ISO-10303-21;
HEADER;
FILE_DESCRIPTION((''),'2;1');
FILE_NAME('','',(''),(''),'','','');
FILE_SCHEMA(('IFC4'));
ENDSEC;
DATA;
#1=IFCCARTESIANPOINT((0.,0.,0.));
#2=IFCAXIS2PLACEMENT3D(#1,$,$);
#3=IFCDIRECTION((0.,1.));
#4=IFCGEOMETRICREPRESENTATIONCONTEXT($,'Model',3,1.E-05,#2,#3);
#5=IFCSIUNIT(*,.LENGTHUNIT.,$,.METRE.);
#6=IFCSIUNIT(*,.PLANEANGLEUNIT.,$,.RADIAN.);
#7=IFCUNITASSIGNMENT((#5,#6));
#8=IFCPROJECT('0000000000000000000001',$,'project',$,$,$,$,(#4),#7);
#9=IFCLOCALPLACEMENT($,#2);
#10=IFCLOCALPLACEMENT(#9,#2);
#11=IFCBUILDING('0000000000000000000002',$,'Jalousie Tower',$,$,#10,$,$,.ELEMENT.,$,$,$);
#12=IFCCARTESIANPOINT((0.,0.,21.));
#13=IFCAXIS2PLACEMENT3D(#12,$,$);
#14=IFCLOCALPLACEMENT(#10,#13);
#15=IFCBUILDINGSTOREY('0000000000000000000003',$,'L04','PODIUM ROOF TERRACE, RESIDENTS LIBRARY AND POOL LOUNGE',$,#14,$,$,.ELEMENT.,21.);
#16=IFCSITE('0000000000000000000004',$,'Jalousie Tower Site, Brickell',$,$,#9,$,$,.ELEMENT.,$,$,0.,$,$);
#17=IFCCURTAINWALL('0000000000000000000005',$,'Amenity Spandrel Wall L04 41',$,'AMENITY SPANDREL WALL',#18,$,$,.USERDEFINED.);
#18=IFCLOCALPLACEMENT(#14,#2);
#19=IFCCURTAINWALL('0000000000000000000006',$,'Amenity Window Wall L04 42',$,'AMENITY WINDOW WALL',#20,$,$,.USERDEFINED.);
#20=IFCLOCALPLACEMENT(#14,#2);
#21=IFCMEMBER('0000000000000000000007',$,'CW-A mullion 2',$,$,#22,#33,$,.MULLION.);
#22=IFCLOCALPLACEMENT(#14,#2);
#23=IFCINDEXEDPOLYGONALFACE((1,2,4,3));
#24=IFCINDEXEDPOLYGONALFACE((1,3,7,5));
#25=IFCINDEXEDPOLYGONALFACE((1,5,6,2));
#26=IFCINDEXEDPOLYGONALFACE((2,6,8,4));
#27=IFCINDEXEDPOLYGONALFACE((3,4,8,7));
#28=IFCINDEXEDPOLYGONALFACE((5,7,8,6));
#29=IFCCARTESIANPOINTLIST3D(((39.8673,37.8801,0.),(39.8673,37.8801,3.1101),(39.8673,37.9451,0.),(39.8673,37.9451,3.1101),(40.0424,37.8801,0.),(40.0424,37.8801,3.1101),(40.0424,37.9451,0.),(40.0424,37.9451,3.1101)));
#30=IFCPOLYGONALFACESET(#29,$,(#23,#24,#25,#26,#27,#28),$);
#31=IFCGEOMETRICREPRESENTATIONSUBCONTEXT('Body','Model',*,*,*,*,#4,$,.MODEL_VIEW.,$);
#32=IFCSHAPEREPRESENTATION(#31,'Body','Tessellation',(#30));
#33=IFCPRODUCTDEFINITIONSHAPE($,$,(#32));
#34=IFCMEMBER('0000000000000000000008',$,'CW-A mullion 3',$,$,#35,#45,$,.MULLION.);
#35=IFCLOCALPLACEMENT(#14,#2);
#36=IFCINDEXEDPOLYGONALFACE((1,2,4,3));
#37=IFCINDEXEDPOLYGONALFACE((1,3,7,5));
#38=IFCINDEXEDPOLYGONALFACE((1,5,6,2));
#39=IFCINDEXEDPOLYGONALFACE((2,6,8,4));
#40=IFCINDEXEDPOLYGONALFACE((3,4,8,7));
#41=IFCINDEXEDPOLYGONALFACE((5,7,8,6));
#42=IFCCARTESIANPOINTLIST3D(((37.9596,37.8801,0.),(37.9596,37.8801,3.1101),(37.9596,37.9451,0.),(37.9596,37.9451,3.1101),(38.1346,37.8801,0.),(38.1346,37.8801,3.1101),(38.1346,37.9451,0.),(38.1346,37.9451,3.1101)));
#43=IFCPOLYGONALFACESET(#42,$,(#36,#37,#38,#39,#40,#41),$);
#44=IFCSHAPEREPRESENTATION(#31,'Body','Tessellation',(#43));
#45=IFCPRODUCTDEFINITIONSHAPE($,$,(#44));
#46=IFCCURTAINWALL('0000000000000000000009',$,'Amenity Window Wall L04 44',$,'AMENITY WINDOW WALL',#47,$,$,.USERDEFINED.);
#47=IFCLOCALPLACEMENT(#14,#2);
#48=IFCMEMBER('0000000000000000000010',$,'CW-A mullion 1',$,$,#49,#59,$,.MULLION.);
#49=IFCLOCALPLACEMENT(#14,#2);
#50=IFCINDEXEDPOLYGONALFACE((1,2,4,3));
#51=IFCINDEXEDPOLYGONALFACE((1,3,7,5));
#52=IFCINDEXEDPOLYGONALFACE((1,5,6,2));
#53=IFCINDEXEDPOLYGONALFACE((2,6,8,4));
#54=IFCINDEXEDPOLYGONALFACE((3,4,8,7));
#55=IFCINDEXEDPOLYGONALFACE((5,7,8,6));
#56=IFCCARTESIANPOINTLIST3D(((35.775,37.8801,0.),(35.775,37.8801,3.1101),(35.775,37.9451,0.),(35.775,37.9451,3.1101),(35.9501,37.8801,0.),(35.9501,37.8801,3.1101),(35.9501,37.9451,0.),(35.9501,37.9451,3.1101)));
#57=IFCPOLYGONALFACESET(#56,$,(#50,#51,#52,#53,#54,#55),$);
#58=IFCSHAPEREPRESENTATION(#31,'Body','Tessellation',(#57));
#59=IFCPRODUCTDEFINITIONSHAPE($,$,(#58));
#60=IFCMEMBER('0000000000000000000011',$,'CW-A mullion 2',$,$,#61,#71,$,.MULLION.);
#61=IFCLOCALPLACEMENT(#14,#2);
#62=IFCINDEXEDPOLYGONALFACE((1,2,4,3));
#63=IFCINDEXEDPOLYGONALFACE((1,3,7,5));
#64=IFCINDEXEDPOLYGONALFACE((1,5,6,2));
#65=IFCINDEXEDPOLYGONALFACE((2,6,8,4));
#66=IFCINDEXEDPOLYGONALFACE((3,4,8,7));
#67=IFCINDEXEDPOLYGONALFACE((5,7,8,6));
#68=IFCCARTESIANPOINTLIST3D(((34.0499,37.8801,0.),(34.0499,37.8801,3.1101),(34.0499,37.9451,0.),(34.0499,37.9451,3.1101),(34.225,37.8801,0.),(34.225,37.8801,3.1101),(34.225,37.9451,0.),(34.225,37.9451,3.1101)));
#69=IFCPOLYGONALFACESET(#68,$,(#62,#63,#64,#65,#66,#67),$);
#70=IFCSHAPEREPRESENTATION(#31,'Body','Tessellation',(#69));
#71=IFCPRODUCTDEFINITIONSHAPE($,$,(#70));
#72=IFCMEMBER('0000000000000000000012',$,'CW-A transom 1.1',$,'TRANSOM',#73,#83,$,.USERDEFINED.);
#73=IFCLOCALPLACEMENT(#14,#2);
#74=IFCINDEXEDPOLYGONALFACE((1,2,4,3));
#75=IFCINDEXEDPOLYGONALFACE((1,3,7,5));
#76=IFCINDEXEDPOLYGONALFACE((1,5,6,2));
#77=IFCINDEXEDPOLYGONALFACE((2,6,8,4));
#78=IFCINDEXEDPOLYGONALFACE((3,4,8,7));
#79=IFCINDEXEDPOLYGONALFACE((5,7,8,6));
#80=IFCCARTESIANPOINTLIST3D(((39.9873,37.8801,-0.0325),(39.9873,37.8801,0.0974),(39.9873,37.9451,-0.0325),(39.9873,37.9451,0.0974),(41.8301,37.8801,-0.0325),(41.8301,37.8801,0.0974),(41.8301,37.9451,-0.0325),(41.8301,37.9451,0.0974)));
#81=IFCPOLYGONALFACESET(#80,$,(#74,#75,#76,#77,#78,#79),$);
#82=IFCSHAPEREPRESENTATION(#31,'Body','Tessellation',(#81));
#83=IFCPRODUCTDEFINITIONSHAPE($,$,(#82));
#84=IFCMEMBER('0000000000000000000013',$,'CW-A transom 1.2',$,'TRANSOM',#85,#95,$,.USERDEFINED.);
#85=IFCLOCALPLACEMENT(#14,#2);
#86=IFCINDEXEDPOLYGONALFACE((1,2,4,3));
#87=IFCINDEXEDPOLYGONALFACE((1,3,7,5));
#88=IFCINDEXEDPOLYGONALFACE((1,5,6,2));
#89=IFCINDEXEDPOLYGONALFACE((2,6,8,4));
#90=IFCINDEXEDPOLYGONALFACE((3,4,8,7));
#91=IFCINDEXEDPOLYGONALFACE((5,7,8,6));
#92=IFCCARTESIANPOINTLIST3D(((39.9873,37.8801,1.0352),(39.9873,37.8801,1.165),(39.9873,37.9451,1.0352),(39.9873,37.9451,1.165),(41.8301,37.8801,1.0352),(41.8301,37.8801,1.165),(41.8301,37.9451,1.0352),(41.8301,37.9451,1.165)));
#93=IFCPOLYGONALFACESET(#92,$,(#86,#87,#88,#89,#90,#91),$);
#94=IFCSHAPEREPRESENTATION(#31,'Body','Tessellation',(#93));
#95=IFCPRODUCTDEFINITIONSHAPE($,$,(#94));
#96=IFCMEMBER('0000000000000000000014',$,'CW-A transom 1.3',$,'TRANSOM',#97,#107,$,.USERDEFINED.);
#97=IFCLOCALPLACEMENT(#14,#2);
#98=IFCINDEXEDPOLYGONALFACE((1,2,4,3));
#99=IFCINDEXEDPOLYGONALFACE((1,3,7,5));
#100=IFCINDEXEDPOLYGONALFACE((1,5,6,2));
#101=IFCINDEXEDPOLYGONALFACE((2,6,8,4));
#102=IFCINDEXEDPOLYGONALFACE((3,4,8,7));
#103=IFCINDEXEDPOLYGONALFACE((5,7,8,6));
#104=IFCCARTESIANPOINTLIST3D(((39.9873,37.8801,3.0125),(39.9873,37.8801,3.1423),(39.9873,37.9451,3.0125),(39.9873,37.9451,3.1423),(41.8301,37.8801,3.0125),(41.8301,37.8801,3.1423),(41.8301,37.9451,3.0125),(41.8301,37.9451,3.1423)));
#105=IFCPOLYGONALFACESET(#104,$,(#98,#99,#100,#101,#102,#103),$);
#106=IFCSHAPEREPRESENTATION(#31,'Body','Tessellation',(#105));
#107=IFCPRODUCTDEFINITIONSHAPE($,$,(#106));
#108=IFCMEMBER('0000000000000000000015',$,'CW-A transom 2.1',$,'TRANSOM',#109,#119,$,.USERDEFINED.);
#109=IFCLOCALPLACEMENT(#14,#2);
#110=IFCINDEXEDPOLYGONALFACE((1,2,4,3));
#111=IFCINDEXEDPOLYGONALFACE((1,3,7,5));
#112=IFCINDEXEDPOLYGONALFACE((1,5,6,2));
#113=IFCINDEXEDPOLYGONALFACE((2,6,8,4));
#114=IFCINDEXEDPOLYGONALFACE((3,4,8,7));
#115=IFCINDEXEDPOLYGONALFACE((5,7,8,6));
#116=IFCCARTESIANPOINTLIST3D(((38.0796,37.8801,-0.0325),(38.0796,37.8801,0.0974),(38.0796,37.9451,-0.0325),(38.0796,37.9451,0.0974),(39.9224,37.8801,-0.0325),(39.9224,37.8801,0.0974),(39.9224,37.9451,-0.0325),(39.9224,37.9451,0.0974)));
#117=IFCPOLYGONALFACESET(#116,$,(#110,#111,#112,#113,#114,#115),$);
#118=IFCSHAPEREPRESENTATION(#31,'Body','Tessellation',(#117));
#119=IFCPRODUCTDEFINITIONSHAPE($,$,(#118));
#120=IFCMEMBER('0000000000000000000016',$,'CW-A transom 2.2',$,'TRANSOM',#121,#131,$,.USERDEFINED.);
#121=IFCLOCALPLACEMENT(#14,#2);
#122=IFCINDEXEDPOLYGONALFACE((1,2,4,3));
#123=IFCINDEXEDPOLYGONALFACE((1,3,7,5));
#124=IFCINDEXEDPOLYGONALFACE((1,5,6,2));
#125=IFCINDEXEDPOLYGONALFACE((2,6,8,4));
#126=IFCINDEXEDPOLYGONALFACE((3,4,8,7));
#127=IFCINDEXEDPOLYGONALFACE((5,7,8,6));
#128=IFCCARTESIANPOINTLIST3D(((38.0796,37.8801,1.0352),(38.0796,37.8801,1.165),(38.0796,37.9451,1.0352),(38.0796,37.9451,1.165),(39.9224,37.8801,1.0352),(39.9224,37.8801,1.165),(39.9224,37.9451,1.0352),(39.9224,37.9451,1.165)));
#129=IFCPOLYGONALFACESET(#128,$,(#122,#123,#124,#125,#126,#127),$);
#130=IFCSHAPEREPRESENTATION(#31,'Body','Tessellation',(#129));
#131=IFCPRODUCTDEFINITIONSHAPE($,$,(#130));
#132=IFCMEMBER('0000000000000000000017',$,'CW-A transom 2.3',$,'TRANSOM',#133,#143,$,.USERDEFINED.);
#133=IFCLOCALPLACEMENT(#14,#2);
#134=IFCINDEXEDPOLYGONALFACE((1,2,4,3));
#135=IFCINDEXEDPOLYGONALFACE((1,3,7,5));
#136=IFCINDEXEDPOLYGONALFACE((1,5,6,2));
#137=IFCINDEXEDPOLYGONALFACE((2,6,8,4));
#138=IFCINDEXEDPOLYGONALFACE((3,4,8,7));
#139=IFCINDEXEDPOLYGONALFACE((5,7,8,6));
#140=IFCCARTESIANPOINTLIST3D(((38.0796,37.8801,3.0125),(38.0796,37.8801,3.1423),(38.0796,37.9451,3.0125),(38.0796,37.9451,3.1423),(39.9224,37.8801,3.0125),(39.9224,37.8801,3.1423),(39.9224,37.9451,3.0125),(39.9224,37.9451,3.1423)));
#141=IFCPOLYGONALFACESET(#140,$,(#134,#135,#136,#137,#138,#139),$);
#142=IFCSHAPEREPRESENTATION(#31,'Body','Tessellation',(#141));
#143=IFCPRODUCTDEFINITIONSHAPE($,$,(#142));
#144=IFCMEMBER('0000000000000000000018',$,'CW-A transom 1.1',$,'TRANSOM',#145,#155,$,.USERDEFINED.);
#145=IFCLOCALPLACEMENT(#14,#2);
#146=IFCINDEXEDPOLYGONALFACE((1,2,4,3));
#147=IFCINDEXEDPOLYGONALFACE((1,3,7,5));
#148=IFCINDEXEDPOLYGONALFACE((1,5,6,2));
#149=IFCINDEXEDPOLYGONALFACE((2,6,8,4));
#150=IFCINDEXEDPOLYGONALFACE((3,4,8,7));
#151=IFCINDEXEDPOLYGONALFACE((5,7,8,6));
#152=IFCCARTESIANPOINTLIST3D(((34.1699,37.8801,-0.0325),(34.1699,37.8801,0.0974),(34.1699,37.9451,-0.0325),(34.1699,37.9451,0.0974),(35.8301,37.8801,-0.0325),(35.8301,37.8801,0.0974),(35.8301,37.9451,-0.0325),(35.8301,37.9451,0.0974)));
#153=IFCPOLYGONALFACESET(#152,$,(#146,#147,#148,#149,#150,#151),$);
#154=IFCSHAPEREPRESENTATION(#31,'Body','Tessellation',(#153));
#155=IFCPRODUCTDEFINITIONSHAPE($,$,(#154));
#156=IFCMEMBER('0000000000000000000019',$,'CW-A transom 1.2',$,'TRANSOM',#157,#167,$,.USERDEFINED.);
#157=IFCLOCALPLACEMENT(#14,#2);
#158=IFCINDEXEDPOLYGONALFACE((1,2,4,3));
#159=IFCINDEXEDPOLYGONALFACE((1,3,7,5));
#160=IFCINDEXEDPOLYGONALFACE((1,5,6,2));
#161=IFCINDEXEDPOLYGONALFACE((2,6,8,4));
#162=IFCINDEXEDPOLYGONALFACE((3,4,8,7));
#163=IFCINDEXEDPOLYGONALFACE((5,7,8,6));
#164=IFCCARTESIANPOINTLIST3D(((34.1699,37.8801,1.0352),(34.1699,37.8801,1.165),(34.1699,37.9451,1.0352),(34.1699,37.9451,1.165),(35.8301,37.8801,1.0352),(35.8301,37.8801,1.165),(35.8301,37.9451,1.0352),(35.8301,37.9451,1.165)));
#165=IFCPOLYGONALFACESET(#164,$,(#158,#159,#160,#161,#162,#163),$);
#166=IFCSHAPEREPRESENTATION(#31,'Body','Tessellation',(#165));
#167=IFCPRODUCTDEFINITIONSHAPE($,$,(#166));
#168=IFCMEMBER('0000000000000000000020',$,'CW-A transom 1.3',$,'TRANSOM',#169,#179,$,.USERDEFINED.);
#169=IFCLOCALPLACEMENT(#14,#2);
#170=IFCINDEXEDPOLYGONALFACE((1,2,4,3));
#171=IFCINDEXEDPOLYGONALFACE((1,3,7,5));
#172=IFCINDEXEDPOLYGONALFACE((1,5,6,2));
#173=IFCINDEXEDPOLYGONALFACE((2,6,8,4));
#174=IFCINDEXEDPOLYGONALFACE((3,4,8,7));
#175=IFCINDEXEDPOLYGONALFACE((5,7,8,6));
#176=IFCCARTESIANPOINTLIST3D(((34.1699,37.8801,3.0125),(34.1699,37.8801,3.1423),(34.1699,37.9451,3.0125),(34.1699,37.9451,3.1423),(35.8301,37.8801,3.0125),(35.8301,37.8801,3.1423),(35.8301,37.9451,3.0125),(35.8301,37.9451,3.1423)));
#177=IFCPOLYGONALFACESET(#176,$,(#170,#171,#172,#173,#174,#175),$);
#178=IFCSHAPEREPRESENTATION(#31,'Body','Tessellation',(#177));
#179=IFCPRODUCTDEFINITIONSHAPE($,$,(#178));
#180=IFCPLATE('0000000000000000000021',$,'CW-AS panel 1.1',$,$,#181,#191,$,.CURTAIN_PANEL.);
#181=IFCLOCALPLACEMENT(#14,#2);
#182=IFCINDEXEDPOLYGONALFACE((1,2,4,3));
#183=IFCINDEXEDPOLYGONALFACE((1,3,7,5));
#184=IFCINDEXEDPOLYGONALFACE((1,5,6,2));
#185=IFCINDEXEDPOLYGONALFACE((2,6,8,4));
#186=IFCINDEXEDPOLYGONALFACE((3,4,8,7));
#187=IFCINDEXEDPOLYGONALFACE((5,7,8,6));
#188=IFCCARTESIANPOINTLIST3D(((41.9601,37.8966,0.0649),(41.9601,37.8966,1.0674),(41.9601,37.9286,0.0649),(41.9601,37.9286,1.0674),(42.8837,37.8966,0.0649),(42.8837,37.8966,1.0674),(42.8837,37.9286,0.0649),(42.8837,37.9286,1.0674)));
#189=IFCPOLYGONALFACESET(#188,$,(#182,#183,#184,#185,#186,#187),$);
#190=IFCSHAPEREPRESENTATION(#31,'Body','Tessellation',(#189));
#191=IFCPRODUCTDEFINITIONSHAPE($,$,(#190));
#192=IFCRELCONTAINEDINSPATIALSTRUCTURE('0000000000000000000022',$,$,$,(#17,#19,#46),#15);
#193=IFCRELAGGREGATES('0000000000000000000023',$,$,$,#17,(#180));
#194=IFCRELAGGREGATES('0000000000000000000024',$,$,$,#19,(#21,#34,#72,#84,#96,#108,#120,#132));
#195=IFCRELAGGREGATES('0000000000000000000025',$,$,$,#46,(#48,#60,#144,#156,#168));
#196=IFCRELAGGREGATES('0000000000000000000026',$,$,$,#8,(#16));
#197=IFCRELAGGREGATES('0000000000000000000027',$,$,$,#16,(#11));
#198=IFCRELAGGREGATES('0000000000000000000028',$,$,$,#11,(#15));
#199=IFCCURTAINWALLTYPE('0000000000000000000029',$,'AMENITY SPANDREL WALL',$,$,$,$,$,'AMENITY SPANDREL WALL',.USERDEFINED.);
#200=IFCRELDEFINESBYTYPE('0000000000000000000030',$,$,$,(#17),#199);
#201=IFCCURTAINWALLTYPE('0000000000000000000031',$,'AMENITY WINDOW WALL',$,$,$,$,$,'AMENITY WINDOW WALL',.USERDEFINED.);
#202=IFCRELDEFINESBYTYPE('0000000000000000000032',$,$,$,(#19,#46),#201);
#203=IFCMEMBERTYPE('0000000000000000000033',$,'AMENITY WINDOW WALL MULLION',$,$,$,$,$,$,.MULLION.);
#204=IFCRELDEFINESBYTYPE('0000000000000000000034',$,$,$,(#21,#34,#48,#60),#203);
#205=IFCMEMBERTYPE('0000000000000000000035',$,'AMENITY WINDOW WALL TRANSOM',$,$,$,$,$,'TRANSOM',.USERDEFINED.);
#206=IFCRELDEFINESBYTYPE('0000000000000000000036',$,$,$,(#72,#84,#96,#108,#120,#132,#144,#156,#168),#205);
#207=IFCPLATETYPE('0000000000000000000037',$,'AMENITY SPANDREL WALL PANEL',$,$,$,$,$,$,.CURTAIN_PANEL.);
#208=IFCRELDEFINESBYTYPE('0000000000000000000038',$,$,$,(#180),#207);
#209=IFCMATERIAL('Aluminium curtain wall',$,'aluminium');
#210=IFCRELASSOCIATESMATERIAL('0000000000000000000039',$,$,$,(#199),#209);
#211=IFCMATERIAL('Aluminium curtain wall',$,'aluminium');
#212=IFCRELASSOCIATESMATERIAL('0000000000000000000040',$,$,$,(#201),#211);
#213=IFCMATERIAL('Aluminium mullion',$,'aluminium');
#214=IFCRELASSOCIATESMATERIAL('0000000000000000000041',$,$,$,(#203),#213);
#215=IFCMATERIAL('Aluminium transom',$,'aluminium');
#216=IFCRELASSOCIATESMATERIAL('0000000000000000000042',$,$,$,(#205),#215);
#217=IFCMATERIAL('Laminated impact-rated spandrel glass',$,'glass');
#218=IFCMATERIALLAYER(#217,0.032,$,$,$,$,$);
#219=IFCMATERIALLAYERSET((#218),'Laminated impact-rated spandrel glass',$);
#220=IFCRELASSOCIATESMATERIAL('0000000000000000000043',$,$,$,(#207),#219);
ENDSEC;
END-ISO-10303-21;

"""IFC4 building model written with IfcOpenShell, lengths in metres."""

from ifc_helpers import new_model, si_unit, direction, frame, origin, origin_2d, place, context, subcontext, project, spatial, rectangle, extrude, material, layer, layer_set, material_profile, profile_set, type_object, element, aggregate, save


model = new_model("IFC4")

# Units and contexts
model_context = context("Model", 3, precision=1e-05, world=origin(), true_north=direction((0.0, 1.0)))
body_context = subcontext(model_context, "Body", "Model", "MODEL_VIEW")
ifc_project = project(units=[si_unit("LENGTHUNIT", "METRE"), si_unit("PLANEANGLEUNIT", "RADIAN")], contexts=[model_context])

# Site, building, storey
site_placement = place(None, origin())
site = spatial("IfcSite", under=ifc_project, at=site_placement, Name="Jalousie Tower Site, Brickell", CompositionType="ELEMENT", RefElevation=0.0)
building_placement = place(site_placement, origin())
building = spatial("IfcBuilding", under=site, at=building_placement, Name="Jalousie Tower", CompositionType="ELEMENT")
storey_placement = place(building_placement, frame((0.0, 0.0, 21.0)))
storey = spatial("IfcBuildingStorey", under=building, at=storey_placement, Name="L04", Description="PODIUM ROOF TERRACE, RESIDENTS LIBRARY AND POOL LOUNGE", CompositionType="ELEMENT", Elevation=21.0)

# Curtain wall
ifc_material_1 = material(Name="Aluminium curtain wall", Category="aluminium")
curtain_wall_type_1 = type_object("IfcCurtainWallType", Name="AMENITY SPANDREL WALL", ElementType="AMENITY SPANDREL WALL", PredefinedType="USERDEFINED", material=ifc_material_1)
curtain_wall_1_placement = place(storey_placement, origin())
curtain_wall_1 = element("IfcCurtainWall", 1, at=curtain_wall_1_placement, inside=storey, type_object=curtain_wall_type_1, Name="Amenity Spandrel Wall L04 41", ObjectType="AMENITY SPANDREL WALL", PredefinedType="USERDEFINED")

# Curtain walls, members
ifc_material_2 = material(Name="Aluminium curtain wall", Category="aluminium")
curtain_wall_type_2 = type_object("IfcCurtainWallType", Name="AMENITY WINDOW WALL", ElementType="AMENITY WINDOW WALL", PredefinedType="USERDEFINED", material=ifc_material_2)
curtain_wall_2_placement = place(storey_placement, origin())
curtain_wall_2 = element("IfcCurtainWall", 2, at=curtain_wall_2_placement, inside=storey, type_object=curtain_wall_type_2, Name="Amenity Window Wall L04 42", ObjectType="AMENITY WINDOW WALL", PredefinedType="USERDEFINED")
ifc_material_3 = material(Name="Aluminium mullion", Category="aluminium")
ifc_material_profile_1 = material_profile(ifc_material_3, rectangle(XDim=0.0649, YDim=0.175, at=origin_2d()), Name="MULLION 65x175")
ifc_profile_set_1 = profile_set([ifc_material_profile_1], Name="Aluminium mullion")
member_type_1 = type_object("IfcMemberType", Name="AMENITY WINDOW WALL MULLION", PredefinedType="MULLION", material=ifc_profile_set_1)
member_1_placement = place(storey_placement, frame((39.9548, 37.9126, 0.0), z_axis=(0.0, 0.0, 1.0), x_axis=(0.0, -1.0, 0.0)))
member_1 = element("IfcMember", 3, at=member_1_placement, type_object=member_type_1, Name="CW-A mullion 2", PredefinedType="MULLION", context=body_context, shape_type="SweptSolid", body=[
    extrude(rectangle(XDim=0.0649, YDim=0.175, at=origin_2d()), origin(), (0.0, 0.0, 1.0), 3.1101),
])
member_2_placement = place(storey_placement, frame((38.0471, 37.9126, 0.0), z_axis=(0.0, 0.0, 1.0), x_axis=(0.0, -1.0, 0.0)))
member_2 = element("IfcMember", 4, at=member_2_placement, type_object=member_type_1, Name="CW-A mullion 3", PredefinedType="MULLION", context=body_context, shape_type="SweptSolid", body=[
    extrude(rectangle(XDim=0.0649, YDim=0.175, at=origin_2d()), origin(), (0.0, 0.0, 1.0), 3.1101),
])
curtain_wall_3_placement = place(storey_placement, origin())
curtain_wall_3 = element("IfcCurtainWall", 5, at=curtain_wall_3_placement, inside=storey, type_object=curtain_wall_type_2, Name="Amenity Window Wall L04 44", ObjectType="AMENITY WINDOW WALL", PredefinedType="USERDEFINED")
member_3_placement = place(storey_placement, frame((35.8625, 37.9126, 0.0), z_axis=(0.0, 0.0, 1.0), x_axis=(0.0, -1.0, 0.0)))
member_3 = element("IfcMember", 6, at=member_3_placement, type_object=member_type_1, Name="CW-A mullion 1", PredefinedType="MULLION", context=body_context, shape_type="SweptSolid", body=[
    extrude(rectangle(XDim=0.0649, YDim=0.175, at=origin_2d()), origin(), (0.0, 0.0, 1.0), 3.1101),
])
member_4_placement = place(storey_placement, frame((34.1375, 37.9126, 0.0), z_axis=(0.0, 0.0, 1.0), x_axis=(0.0, -1.0, 0.0)))
member_4 = element("IfcMember", 7, at=member_4_placement, type_object=member_type_1, Name="CW-A mullion 2", PredefinedType="MULLION", context=body_context, shape_type="SweptSolid", body=[
    extrude(rectangle(XDim=0.0649, YDim=0.175, at=origin_2d()), origin(), (0.0, 0.0, 1.0), 3.1101),
])

# Members
ifc_material_4 = material(Name="Aluminium transom", Category="aluminium")
ifc_material_profile_2 = material_profile(ifc_material_4, rectangle(XDim=0.0649, YDim=0.1299, at=origin_2d()), Name="TRANSOM 65x130")
ifc_profile_set_2 = profile_set([ifc_material_profile_2], Name="Aluminium transom")
member_type_2 = type_object("IfcMemberType", Name="AMENITY WINDOW WALL TRANSOM", ElementType="TRANSOM", PredefinedType="USERDEFINED", material=ifc_profile_set_2)
member_5_placement = place(storey_placement, frame((41.8301, 37.9126, 0.0325), z_axis=(-1.0, 0.0, 0.0), x_axis=(0.0, -1.0, 0.0)))
member_5 = element("IfcMember", 8, at=member_5_placement, type_object=member_type_2, Name="CW-A transom 1.1", ObjectType="TRANSOM", PredefinedType="USERDEFINED", context=body_context, shape_type="SweptSolid", body=[
    extrude(rectangle(XDim=0.0649, YDim=0.1299, at=origin_2d()), origin(), (0.0, 0.0, 1.0), 1.8428),
])
member_6_placement = place(storey_placement, frame((41.8301, 37.9126, 1.1001), z_axis=(-1.0, 0.0, 0.0), x_axis=(0.0, -1.0, 0.0)))
member_6 = element("IfcMember", 9, at=member_6_placement, type_object=member_type_2, Name="CW-A transom 1.2", ObjectType="TRANSOM", PredefinedType="USERDEFINED", context=body_context, shape_type="SweptSolid", body=[
    extrude(rectangle(XDim=0.0649, YDim=0.1299, at=origin_2d()), origin(), (0.0, 0.0, 1.0), 1.8428),
])
member_7_placement = place(storey_placement, frame((41.8301, 37.9126, 3.0774), z_axis=(-1.0, 0.0, 0.0), x_axis=(0.0, -1.0, 0.0)))
member_7 = element("IfcMember", 10, at=member_7_placement, type_object=member_type_2, Name="CW-A transom 1.3", ObjectType="TRANSOM", PredefinedType="USERDEFINED", context=body_context, shape_type="SweptSolid", body=[
    extrude(rectangle(XDim=0.0649, YDim=0.1299, at=origin_2d()), origin(), (0.0, 0.0, 1.0), 1.8428),
])
member_8_placement = place(storey_placement, frame((39.9224, 37.9126, 0.0325), z_axis=(-1.0, 0.0, 0.0), x_axis=(0.0, -1.0, 0.0)))
member_8 = element("IfcMember", 11, at=member_8_placement, type_object=member_type_2, Name="CW-A transom 2.1", ObjectType="TRANSOM", PredefinedType="USERDEFINED", context=body_context, shape_type="SweptSolid", body=[
    extrude(rectangle(XDim=0.0649, YDim=0.1299, at=origin_2d()), origin(), (0.0, 0.0, 1.0), 1.8428),
])
member_9_placement = place(storey_placement, frame((39.9224, 37.9126, 1.1001), z_axis=(-1.0, 0.0, 0.0), x_axis=(0.0, -1.0, 0.0)))
member_9 = element("IfcMember", 12, at=member_9_placement, type_object=member_type_2, Name="CW-A transom 2.2", ObjectType="TRANSOM", PredefinedType="USERDEFINED", context=body_context, shape_type="SweptSolid", body=[
    extrude(rectangle(XDim=0.0649, YDim=0.1299, at=origin_2d()), origin(), (0.0, 0.0, 1.0), 1.8428),
])
member_10_placement = place(storey_placement, frame((39.9224, 37.9126, 3.0774), z_axis=(-1.0, 0.0, 0.0), x_axis=(0.0, -1.0, 0.0)))
member_10 = element("IfcMember", 13, at=member_10_placement, type_object=member_type_2, Name="CW-A transom 2.3", ObjectType="TRANSOM", PredefinedType="USERDEFINED", context=body_context, shape_type="SweptSolid", body=[
    extrude(rectangle(XDim=0.0649, YDim=0.1299, at=origin_2d()), origin(), (0.0, 0.0, 1.0), 1.8428),
])
member_11_placement = place(storey_placement, frame((35.8301, 37.9126, 0.0325), z_axis=(-1.0, 0.0, 0.0), x_axis=(0.0, -1.0, 0.0)))
member_11 = element("IfcMember", 14, at=member_11_placement, type_object=member_type_2, Name="CW-A transom 1.1", ObjectType="TRANSOM", PredefinedType="USERDEFINED", context=body_context, shape_type="SweptSolid", body=[
    extrude(rectangle(XDim=0.0649, YDim=0.1299, at=origin_2d()), origin(), (0.0, 0.0, 1.0), 1.6602),
])
member_12_placement = place(storey_placement, frame((35.8301, 37.9126, 1.1001), z_axis=(-1.0, 0.0, 0.0), x_axis=(0.0, -1.0, 0.0)))
member_12 = element("IfcMember", 15, at=member_12_placement, type_object=member_type_2, Name="CW-A transom 1.2", ObjectType="TRANSOM", PredefinedType="USERDEFINED", context=body_context, shape_type="SweptSolid", body=[
    extrude(rectangle(XDim=0.0649, YDim=0.1299, at=origin_2d()), origin(), (0.0, 0.0, 1.0), 1.6602),
])
member_13_placement = place(storey_placement, frame((35.8301, 37.9126, 3.0774), z_axis=(-1.0, 0.0, 0.0), x_axis=(0.0, -1.0, 0.0)))
member_13 = element("IfcMember", 16, at=member_13_placement, type_object=member_type_2, Name="CW-A transom 1.3", ObjectType="TRANSOM", PredefinedType="USERDEFINED", context=body_context, shape_type="SweptSolid", body=[
    extrude(rectangle(XDim=0.0649, YDim=0.1299, at=origin_2d()), origin(), (0.0, 0.0, 1.0), 1.6602),
])

# Plate
ifc_material_5 = material(Name="Laminated impact-rated spandrel glass", Category="glass")
ifc_layer_1 = layer(ifc_material_5, 0.032)
ifc_layer_set_1 = layer_set([ifc_layer_1], Name="Laminated impact-rated spandrel glass")
plate_type_1 = type_object("IfcPlateType", Name="AMENITY SPANDREL WALL PANEL", PredefinedType="CURTAIN_PANEL", material=ifc_layer_set_1)
plate_1_placement = place(storey_placement, frame((42.4219, 37.9126, 0.0649), z_axis=(0.0, 0.0, 1.0), x_axis=(-1.0, 0.0, 0.0)))
plate_1 = element("IfcPlate", 17, at=plate_1_placement, type_object=plate_type_1, Name="CW-AS panel 1.1", PredefinedType="CURTAIN_PANEL", context=body_context, shape_type="SweptSolid", body=[
    extrude(rectangle(XDim=0.9236, YDim=0.032, at=origin_2d()), origin(), (0.0, 0.0, 1.0), 1.0024),
])
aggregate(curtain_wall_1, [plate_1])
aggregate(curtain_wall_2, [member_1, member_2, member_5, member_6, member_7, member_8, member_9, member_10])
aggregate(curtain_wall_3, [member_3, member_4, member_11, member_12, member_13])

save(model, "model.ifc")
